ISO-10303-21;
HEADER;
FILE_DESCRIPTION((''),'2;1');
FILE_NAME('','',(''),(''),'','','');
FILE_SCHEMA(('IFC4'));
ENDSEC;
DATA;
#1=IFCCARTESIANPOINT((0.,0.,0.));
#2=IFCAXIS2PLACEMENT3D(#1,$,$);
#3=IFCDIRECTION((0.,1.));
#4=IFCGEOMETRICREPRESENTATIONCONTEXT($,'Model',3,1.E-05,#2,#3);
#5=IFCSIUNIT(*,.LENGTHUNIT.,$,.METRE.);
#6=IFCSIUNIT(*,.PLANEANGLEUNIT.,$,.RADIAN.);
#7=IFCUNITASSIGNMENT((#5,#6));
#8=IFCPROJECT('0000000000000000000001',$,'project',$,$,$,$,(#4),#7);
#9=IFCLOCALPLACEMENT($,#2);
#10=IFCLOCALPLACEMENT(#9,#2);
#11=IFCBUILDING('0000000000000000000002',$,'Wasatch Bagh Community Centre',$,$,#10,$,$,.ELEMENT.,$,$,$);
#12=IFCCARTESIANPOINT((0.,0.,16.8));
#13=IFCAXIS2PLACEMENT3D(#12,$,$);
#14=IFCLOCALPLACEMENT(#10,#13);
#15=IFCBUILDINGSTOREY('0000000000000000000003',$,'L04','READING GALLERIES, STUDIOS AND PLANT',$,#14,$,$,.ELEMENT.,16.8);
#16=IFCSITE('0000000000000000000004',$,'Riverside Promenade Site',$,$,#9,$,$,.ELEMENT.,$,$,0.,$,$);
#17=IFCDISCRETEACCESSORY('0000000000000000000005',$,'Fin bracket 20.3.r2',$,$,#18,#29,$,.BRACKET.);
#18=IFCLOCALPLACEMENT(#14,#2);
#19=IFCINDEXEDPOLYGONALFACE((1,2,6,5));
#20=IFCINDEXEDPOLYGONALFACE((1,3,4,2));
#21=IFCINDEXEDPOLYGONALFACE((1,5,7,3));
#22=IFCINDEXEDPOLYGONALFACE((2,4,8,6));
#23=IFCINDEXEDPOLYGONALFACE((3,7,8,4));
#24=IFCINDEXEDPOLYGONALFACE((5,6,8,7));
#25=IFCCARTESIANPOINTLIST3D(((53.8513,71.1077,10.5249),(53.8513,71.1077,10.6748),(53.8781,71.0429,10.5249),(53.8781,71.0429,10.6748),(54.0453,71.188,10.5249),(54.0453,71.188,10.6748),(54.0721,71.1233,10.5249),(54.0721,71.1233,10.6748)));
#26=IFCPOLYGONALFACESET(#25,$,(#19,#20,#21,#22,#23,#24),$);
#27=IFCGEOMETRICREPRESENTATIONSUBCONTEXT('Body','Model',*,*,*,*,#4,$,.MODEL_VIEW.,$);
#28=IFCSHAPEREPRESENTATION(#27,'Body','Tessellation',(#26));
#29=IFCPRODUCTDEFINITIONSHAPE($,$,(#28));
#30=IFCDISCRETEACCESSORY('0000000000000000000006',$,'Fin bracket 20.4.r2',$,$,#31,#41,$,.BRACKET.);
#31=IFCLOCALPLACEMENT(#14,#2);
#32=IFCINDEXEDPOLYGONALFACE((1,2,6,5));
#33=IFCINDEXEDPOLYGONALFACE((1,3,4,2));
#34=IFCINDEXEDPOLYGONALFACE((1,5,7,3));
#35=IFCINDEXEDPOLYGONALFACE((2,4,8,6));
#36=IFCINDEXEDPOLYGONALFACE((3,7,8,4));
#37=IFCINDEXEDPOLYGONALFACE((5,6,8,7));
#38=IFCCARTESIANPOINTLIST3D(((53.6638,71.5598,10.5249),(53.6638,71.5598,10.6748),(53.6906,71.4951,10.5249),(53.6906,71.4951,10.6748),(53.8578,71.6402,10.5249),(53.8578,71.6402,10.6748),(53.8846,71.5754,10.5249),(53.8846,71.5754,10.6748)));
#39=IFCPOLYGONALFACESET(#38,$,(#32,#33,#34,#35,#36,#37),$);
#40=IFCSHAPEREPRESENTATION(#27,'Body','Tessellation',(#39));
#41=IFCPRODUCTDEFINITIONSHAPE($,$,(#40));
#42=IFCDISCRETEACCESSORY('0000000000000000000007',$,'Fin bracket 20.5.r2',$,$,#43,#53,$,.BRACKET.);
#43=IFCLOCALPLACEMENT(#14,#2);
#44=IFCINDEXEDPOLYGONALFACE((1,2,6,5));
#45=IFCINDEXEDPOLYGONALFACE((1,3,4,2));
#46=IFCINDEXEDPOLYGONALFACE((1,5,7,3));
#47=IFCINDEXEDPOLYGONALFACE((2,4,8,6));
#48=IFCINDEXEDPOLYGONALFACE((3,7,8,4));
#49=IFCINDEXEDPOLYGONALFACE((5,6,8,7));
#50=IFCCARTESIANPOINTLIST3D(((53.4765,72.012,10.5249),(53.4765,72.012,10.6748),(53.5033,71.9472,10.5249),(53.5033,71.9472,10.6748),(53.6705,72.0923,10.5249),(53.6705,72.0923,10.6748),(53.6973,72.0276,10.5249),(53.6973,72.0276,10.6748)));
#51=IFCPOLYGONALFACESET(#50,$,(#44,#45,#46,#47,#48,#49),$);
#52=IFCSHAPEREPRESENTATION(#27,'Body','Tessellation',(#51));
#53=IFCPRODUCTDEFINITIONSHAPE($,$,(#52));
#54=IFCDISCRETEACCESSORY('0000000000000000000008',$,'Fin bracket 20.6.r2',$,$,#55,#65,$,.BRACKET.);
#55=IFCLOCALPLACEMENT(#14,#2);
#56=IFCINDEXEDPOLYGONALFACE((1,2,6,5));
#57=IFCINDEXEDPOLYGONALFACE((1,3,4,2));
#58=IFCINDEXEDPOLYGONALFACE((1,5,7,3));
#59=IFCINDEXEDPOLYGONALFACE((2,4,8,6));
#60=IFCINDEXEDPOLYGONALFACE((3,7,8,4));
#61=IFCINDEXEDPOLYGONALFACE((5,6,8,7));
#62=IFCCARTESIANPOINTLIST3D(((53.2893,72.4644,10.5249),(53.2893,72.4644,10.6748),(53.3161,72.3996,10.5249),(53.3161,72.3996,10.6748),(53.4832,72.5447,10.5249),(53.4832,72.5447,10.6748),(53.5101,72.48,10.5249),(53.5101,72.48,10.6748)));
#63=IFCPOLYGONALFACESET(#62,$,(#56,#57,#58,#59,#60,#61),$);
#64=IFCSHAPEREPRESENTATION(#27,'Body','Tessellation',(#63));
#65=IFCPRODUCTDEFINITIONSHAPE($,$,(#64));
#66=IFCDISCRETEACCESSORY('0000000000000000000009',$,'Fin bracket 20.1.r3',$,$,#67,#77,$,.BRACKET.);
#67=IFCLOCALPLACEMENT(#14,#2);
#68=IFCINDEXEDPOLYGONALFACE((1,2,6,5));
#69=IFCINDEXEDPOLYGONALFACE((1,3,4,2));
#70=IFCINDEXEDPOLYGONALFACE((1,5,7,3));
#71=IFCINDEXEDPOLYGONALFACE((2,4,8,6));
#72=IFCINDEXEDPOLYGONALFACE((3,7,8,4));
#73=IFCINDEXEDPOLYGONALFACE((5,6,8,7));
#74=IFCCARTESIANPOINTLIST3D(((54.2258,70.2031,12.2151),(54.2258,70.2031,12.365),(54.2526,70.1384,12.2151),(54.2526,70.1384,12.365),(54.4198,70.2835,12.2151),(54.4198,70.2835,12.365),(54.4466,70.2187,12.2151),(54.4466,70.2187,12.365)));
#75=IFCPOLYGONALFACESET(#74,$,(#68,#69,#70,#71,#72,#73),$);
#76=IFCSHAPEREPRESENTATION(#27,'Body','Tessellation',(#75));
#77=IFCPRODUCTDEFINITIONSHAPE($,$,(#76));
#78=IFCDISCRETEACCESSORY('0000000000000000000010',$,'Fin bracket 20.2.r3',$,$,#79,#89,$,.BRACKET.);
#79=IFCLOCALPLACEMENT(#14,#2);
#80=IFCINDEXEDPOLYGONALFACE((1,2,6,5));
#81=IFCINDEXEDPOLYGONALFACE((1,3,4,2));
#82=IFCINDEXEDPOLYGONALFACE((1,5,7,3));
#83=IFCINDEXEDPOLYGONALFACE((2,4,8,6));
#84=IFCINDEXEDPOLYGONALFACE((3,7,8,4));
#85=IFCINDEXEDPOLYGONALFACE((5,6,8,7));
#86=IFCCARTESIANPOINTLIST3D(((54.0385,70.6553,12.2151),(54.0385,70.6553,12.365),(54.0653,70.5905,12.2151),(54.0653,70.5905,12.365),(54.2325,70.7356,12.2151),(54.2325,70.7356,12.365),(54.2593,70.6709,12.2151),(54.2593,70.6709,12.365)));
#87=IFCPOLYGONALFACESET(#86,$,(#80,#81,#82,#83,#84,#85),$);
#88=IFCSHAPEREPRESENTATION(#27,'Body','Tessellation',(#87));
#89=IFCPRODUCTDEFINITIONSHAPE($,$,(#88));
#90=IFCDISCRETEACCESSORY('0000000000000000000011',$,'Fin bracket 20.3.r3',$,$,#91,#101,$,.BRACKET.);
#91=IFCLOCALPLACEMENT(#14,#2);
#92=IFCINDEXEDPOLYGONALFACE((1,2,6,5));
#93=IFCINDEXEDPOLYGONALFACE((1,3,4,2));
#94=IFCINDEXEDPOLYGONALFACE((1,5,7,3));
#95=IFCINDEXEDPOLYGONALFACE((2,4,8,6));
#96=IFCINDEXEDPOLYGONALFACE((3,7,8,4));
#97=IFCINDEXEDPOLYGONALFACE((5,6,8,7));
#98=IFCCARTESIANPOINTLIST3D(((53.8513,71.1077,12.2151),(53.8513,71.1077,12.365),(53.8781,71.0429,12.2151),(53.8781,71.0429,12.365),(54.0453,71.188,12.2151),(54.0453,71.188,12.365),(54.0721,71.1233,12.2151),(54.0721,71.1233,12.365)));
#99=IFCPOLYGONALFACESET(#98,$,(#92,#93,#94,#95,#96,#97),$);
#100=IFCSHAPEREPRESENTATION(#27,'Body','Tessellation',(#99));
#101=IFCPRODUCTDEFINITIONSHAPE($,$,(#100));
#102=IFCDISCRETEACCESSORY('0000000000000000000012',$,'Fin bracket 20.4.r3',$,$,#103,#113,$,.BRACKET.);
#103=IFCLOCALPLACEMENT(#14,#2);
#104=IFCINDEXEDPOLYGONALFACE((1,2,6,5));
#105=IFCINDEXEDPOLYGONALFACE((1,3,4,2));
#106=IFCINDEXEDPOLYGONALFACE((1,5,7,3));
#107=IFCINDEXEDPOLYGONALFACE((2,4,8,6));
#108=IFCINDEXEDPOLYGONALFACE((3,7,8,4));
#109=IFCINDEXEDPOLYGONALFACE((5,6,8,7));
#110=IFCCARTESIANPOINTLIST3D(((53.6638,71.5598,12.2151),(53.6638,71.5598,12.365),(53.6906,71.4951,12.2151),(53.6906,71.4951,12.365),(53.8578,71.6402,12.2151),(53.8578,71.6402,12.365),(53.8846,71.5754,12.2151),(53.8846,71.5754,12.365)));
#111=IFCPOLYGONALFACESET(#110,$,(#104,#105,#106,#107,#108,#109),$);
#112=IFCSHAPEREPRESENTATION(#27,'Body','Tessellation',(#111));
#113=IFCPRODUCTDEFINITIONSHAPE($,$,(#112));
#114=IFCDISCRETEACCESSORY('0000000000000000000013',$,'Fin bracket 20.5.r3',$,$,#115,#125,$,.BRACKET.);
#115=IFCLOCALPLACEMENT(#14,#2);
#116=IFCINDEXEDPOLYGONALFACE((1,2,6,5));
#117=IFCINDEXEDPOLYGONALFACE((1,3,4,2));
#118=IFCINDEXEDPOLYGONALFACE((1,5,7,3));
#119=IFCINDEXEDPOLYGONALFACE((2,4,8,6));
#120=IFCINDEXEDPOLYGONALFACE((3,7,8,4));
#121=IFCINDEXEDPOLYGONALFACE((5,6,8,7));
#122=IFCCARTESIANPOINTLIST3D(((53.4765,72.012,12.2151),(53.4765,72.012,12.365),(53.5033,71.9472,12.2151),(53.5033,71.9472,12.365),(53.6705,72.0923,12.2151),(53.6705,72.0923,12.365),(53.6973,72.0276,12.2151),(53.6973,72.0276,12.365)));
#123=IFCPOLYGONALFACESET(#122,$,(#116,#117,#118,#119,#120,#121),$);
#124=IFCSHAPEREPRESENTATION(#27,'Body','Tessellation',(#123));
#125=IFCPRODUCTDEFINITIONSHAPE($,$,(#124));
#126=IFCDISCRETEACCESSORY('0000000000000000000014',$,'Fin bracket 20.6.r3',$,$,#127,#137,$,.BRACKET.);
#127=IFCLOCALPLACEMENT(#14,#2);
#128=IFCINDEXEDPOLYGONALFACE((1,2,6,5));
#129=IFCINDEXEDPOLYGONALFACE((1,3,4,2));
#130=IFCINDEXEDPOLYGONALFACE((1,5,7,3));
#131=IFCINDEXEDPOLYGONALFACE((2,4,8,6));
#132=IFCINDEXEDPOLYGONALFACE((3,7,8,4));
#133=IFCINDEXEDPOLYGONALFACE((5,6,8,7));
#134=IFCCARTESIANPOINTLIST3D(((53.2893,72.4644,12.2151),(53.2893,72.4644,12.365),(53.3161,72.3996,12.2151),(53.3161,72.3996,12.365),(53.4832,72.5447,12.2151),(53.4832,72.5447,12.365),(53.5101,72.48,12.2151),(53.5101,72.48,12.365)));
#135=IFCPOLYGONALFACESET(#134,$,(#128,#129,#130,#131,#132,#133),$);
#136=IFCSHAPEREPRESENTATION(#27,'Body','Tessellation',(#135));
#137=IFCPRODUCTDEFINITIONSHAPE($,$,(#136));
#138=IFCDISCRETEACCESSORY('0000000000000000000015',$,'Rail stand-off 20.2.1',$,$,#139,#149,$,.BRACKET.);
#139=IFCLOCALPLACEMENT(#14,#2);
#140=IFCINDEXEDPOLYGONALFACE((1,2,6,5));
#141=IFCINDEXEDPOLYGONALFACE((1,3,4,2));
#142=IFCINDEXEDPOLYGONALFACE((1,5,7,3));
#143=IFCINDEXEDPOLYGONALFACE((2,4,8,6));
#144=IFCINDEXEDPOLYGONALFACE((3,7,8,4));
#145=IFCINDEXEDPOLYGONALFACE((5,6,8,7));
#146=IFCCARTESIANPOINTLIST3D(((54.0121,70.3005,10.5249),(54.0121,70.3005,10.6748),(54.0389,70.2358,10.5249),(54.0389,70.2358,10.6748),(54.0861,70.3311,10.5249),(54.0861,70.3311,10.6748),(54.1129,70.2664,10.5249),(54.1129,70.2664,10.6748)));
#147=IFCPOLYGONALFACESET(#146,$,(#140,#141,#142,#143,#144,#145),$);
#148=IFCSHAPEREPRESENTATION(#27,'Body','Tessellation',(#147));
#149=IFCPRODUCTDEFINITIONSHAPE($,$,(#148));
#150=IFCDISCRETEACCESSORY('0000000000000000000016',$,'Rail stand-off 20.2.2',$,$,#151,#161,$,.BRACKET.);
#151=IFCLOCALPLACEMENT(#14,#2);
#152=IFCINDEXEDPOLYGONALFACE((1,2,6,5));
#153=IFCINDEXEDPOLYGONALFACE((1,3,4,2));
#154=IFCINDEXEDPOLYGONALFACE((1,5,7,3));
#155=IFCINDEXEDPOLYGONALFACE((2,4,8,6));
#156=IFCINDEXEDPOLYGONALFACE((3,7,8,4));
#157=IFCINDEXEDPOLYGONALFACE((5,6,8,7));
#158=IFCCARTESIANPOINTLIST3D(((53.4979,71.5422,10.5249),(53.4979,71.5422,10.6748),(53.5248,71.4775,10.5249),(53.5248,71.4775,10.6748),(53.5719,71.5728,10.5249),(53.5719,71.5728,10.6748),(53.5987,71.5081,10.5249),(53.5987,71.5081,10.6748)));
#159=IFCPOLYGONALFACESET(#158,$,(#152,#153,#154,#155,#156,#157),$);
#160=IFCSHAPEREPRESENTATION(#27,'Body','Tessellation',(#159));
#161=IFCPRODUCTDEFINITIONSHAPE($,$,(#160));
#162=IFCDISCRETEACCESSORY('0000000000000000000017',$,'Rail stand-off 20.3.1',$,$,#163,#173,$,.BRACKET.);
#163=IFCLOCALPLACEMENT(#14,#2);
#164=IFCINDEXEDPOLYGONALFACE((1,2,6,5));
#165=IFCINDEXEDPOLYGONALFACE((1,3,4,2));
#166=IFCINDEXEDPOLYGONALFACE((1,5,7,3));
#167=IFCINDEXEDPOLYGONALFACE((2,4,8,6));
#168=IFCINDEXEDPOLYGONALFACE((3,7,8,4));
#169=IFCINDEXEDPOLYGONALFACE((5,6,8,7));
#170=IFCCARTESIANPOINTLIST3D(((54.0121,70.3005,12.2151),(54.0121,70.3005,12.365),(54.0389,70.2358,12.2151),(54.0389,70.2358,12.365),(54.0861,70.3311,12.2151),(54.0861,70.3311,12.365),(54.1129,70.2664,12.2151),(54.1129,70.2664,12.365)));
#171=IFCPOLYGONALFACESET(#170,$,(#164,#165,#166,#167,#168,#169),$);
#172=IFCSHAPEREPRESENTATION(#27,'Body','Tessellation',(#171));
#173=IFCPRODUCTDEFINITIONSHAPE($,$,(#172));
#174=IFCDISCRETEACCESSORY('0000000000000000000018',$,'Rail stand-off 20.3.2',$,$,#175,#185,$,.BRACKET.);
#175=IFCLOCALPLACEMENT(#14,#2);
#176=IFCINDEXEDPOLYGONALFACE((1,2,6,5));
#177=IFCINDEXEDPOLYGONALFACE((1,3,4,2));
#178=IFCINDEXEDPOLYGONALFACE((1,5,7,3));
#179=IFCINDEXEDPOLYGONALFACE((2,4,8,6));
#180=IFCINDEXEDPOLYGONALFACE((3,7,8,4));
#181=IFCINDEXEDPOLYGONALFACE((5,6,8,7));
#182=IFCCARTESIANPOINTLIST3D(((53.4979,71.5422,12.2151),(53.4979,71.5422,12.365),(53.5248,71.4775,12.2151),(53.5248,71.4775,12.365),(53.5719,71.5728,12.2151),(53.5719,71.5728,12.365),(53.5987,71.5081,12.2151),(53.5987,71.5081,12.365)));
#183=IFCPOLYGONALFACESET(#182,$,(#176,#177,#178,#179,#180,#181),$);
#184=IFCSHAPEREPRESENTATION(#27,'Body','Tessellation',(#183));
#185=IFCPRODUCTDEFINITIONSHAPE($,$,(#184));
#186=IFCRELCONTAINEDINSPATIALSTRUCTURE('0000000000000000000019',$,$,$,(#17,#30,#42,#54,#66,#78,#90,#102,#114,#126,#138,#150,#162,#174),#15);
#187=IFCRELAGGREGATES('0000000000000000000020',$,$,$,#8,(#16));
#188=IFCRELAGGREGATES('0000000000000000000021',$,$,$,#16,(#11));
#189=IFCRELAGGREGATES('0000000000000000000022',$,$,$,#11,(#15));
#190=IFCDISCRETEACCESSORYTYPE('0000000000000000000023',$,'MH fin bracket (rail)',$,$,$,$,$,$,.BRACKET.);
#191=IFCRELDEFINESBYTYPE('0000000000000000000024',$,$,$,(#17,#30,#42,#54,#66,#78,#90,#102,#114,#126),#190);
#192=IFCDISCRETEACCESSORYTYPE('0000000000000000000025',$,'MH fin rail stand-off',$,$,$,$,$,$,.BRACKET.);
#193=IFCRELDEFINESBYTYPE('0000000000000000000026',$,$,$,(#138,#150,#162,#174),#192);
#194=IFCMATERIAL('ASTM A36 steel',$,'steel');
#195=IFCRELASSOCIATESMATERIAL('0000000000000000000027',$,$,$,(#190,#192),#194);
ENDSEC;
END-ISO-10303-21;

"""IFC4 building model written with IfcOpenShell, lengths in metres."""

from ifc_helpers import new_model, si_unit, direction, frame, origin, origin_2d, place, context, subcontext, project, spatial, rectangle, extrude, material, type_object, element, save


model = new_model("IFC4")

# Units and contexts
model_context = context("Model", 3, precision=1e-05, world=origin(), true_north=direction((0.0, 1.0)))
body_context = subcontext(model_context, "Body", "Model", "MODEL_VIEW")
ifc_project = project(units=[si_unit("LENGTHUNIT", "METRE"), si_unit("PLANEANGLEUNIT", "RADIAN")], contexts=[model_context])

# Site, building, storey
site_placement = place(None, origin())
site = spatial("IfcSite", under=ifc_project, at=site_placement, Name="Riverside Promenade Site", CompositionType="ELEMENT", RefElevation=0.0)
building_placement = place(site_placement, origin())
building = spatial("IfcBuilding", under=site, at=building_placement, Name="Wasatch Bagh Community Centre", CompositionType="ELEMENT")
storey_placement = place(building_placement, frame((0.0, 0.0, 16.8)))
storey = spatial("IfcBuildingStorey", under=building, at=storey_placement, Name="L04", Description="READING GALLERIES, STUDIOS AND PLANT", CompositionType="ELEMENT", Elevation=16.8)

# Discrete accessories
ifc_material_1 = material(Name="ASTM A36 steel", Category="steel")
discrete_accessory_type_1 = type_object("IfcDiscreteAccessoryType", Name="MH fin bracket (rail)", PredefinedType="BRACKET", material=ifc_material_1)
for number, where, z_axis, x_axis, name in (
    (1, (53.9617, 71.1155, 10.5249), (0.0, 0.0, 1.0), (-0.382683, 0.92388, 0.0), "Fin bracket 20.3.r2"),
    (2, (53.7742, 71.5676, 10.5249), (0.0, 0.0, 1.0), (-0.382683, 0.92388, 0.0), "Fin bracket 20.4.r2"),
    (3, (53.5869, 72.0198, 10.5249), (0.0, 0.0, 1.0), (-0.382683, 0.92388, 0.0), "Fin bracket 20.5.r2"),
    (4, (53.3997, 72.4722, 10.5249), (0.0, 0.0, 1.0), (-0.382683, 0.92388, 0.0), "Fin bracket 20.6.r2"),
    (5, (54.3362, 70.2109, 12.2151), (0.0, 0.0, 1.0), (-0.382683, 0.92388, 0.0), "Fin bracket 20.1.r3"),
    (6, (54.1489, 70.6631, 12.2151), (0.0, 0.0, 1.0), (-0.382683, 0.92388, 0.0), "Fin bracket 20.2.r3"),
    (7, (53.9617, 71.1155, 12.2151), (0.0, 0.0, 1.0), (-0.382683, 0.92388, 0.0), "Fin bracket 20.3.r3"),
    (8, (53.7742, 71.5676, 12.2151), (0.0, 0.0, 1.0), (-0.382683, 0.92388, 0.0), "Fin bracket 20.4.r3"),
    (9, (53.5869, 72.0198, 12.2151), (0.0, 0.0, 1.0), (-0.382683, 0.92388, 0.0), "Fin bracket 20.5.r3"),
    (10, (53.3997, 72.4722, 12.2151), (0.0, 0.0, 1.0), (-0.382683, 0.92388, 0.0), "Fin bracket 20.6.r3"),
):
    element("IfcDiscreteAccessory", number, at=place(storey_placement, frame(where, z_axis=z_axis, x_axis=x_axis)), inside=storey, type_object=discrete_accessory_type_1, Name=name, PredefinedType="BRACKET", context=body_context, shape_type="SweptSolid", body=[
        extrude(rectangle(XDim=0.0701, YDim=0.21, at=origin_2d()), origin(), (0.0, 0.0, 1.0), 0.1499),
    ])
discrete_accessory_type_2 = type_object("IfcDiscreteAccessoryType", Name="MH fin rail stand-off", PredefinedType="BRACKET", material=ifc_material_1)
for number, where, z_axis, x_axis, name in (
    (11, (54.0625, 70.2834, 10.5249), (0.0, 0.0, 1.0), (-0.382683, 0.92388, 0.0), "Rail stand-off 20.2.1"),
    (12, (53.5483, 71.5251, 10.5249), (0.0, 0.0, 1.0), (-0.382683, 0.92388, 0.0), "Rail stand-off 20.2.2"),
    (13, (54.0625, 70.2834, 12.2151), (0.0, 0.0, 1.0), (-0.382683, 0.92388, 0.0), "Rail stand-off 20.3.1"),
    (14, (53.5483, 71.5251, 12.2151), (0.0, 0.0, 1.0), (-0.382683, 0.92388, 0.0), "Rail stand-off 20.3.2"),
):
    element("IfcDiscreteAccessory", number, at=place(storey_placement, frame(where, z_axis=z_axis, x_axis=x_axis)), inside=storey, type_object=discrete_accessory_type_2, Name=name, PredefinedType="BRACKET", context=body_context, shape_type="SweptSolid", body=[
        extrude(rectangle(XDim=0.0701, YDim=0.0801, at=origin_2d()), origin(), (0.0, 0.0, 1.0), 0.1499),
    ])

save(model, "model.ifc")
